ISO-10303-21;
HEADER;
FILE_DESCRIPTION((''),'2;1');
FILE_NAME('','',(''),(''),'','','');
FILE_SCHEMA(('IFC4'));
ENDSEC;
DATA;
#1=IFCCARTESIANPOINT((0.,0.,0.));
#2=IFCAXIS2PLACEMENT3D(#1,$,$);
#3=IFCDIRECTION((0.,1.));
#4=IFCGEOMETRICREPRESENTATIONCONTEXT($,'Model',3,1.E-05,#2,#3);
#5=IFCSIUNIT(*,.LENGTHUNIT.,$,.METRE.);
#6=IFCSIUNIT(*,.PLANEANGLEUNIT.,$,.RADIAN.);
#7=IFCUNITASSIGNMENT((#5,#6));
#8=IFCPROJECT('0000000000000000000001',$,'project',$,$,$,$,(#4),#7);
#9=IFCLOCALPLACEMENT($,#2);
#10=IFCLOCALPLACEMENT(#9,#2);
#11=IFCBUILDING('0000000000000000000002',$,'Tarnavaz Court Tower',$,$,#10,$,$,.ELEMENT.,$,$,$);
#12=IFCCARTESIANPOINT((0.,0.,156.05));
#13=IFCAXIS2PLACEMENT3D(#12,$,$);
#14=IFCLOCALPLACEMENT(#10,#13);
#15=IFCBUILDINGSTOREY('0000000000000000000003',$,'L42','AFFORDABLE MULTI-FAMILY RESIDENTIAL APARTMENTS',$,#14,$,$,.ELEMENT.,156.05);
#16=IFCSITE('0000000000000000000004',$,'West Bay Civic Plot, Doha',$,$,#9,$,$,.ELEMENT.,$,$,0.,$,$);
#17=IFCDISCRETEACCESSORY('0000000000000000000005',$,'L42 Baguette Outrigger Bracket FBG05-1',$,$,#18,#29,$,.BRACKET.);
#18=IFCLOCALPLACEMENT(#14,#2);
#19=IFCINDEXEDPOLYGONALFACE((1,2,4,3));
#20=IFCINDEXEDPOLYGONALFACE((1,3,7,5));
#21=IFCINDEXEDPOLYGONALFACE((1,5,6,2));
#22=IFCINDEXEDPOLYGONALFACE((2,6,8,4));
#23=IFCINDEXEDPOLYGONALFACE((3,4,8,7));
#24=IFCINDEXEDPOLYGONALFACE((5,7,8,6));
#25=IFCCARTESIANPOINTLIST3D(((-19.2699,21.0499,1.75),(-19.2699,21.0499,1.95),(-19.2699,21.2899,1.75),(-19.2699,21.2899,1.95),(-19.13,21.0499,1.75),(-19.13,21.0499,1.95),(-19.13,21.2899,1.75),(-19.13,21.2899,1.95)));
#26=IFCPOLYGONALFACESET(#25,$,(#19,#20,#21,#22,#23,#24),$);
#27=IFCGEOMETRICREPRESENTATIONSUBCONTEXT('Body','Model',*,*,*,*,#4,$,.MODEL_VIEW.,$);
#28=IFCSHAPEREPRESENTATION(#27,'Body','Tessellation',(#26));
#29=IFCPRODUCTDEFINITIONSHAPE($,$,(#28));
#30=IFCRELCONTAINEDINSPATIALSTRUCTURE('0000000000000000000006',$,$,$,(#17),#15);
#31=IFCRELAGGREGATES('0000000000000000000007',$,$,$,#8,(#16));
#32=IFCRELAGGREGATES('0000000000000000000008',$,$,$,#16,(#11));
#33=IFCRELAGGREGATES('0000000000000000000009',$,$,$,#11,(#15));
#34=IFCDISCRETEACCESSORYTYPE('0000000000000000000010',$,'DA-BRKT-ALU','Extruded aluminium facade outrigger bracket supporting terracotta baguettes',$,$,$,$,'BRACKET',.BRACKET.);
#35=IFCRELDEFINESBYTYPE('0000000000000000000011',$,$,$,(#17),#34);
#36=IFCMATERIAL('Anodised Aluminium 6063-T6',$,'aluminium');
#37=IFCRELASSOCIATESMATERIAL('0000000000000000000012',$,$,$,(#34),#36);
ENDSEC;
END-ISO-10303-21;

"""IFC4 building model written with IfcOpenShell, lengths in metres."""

from ifc_helpers import new_model, si_unit, direction, frame, origin, origin_2d, place, context, subcontext, project, spatial, rectangle, extrude, material, type_object, element, save


model = new_model("IFC4")

# Units and contexts
model_context = context("Model", 3, precision=1e-05, world=origin(), true_north=direction((0.0, 1.0)))
body_context = subcontext(model_context, "Body", "Model", "MODEL_VIEW")
ifc_project = project(units=[si_unit("LENGTHUNIT", "METRE"), si_unit("PLANEANGLEUNIT", "RADIAN")], contexts=[model_context])

# Site, building, storey
site_placement = place(None, origin())
site = spatial("IfcSite", under=ifc_project, at=site_placement, Name="West Bay Civic Plot, Doha", CompositionType="ELEMENT", RefElevation=0.0)
building_placement = place(site_placement, origin())
building = spatial("IfcBuilding", under=site, at=building_placement, Name="Tarnavaz Court Tower", CompositionType="ELEMENT")
storey_placement = place(building_placement, frame((0.0, 0.0, 156.05)))
storey = spatial("IfcBuildingStorey", under=building, at=storey_placement, Name="L42", Description="AFFORDABLE MULTI-FAMILY RESIDENTIAL APARTMENTS", CompositionType="ELEMENT", Elevation=156.05)

# Discrete accessory
ifc_material_1 = material(Name="Anodised Aluminium 6063-T6", Category="aluminium")
discrete_accessory_type = type_object("IfcDiscreteAccessoryType", Name="DA-BRKT-ALU", Description="Extruded aluminium facade outrigger bracket supporting terracotta baguettes", ElementType="BRACKET", PredefinedType="BRACKET", material=ifc_material_1)
discrete_accessory_placement = place(storey_placement, frame((-19.2, 21.1699, 1.75), z_axis=(0.0, 0.0, 1.0), x_axis=(1.0, 0.0, 0.0)))
element("IfcDiscreteAccessory", 1, at=discrete_accessory_placement, inside=storey, type_object=discrete_accessory_type, Name="L42 Baguette Outrigger Bracket FBG05-1", PredefinedType="BRACKET", context=body_context, shape_type="SweptSolid", body=[
    extrude(rectangle(XDim=0.1399, YDim=0.24, at=origin_2d()), origin(), (0.0, 0.0, 1.0), 0.2),
])

save(model, "model.ifc")
